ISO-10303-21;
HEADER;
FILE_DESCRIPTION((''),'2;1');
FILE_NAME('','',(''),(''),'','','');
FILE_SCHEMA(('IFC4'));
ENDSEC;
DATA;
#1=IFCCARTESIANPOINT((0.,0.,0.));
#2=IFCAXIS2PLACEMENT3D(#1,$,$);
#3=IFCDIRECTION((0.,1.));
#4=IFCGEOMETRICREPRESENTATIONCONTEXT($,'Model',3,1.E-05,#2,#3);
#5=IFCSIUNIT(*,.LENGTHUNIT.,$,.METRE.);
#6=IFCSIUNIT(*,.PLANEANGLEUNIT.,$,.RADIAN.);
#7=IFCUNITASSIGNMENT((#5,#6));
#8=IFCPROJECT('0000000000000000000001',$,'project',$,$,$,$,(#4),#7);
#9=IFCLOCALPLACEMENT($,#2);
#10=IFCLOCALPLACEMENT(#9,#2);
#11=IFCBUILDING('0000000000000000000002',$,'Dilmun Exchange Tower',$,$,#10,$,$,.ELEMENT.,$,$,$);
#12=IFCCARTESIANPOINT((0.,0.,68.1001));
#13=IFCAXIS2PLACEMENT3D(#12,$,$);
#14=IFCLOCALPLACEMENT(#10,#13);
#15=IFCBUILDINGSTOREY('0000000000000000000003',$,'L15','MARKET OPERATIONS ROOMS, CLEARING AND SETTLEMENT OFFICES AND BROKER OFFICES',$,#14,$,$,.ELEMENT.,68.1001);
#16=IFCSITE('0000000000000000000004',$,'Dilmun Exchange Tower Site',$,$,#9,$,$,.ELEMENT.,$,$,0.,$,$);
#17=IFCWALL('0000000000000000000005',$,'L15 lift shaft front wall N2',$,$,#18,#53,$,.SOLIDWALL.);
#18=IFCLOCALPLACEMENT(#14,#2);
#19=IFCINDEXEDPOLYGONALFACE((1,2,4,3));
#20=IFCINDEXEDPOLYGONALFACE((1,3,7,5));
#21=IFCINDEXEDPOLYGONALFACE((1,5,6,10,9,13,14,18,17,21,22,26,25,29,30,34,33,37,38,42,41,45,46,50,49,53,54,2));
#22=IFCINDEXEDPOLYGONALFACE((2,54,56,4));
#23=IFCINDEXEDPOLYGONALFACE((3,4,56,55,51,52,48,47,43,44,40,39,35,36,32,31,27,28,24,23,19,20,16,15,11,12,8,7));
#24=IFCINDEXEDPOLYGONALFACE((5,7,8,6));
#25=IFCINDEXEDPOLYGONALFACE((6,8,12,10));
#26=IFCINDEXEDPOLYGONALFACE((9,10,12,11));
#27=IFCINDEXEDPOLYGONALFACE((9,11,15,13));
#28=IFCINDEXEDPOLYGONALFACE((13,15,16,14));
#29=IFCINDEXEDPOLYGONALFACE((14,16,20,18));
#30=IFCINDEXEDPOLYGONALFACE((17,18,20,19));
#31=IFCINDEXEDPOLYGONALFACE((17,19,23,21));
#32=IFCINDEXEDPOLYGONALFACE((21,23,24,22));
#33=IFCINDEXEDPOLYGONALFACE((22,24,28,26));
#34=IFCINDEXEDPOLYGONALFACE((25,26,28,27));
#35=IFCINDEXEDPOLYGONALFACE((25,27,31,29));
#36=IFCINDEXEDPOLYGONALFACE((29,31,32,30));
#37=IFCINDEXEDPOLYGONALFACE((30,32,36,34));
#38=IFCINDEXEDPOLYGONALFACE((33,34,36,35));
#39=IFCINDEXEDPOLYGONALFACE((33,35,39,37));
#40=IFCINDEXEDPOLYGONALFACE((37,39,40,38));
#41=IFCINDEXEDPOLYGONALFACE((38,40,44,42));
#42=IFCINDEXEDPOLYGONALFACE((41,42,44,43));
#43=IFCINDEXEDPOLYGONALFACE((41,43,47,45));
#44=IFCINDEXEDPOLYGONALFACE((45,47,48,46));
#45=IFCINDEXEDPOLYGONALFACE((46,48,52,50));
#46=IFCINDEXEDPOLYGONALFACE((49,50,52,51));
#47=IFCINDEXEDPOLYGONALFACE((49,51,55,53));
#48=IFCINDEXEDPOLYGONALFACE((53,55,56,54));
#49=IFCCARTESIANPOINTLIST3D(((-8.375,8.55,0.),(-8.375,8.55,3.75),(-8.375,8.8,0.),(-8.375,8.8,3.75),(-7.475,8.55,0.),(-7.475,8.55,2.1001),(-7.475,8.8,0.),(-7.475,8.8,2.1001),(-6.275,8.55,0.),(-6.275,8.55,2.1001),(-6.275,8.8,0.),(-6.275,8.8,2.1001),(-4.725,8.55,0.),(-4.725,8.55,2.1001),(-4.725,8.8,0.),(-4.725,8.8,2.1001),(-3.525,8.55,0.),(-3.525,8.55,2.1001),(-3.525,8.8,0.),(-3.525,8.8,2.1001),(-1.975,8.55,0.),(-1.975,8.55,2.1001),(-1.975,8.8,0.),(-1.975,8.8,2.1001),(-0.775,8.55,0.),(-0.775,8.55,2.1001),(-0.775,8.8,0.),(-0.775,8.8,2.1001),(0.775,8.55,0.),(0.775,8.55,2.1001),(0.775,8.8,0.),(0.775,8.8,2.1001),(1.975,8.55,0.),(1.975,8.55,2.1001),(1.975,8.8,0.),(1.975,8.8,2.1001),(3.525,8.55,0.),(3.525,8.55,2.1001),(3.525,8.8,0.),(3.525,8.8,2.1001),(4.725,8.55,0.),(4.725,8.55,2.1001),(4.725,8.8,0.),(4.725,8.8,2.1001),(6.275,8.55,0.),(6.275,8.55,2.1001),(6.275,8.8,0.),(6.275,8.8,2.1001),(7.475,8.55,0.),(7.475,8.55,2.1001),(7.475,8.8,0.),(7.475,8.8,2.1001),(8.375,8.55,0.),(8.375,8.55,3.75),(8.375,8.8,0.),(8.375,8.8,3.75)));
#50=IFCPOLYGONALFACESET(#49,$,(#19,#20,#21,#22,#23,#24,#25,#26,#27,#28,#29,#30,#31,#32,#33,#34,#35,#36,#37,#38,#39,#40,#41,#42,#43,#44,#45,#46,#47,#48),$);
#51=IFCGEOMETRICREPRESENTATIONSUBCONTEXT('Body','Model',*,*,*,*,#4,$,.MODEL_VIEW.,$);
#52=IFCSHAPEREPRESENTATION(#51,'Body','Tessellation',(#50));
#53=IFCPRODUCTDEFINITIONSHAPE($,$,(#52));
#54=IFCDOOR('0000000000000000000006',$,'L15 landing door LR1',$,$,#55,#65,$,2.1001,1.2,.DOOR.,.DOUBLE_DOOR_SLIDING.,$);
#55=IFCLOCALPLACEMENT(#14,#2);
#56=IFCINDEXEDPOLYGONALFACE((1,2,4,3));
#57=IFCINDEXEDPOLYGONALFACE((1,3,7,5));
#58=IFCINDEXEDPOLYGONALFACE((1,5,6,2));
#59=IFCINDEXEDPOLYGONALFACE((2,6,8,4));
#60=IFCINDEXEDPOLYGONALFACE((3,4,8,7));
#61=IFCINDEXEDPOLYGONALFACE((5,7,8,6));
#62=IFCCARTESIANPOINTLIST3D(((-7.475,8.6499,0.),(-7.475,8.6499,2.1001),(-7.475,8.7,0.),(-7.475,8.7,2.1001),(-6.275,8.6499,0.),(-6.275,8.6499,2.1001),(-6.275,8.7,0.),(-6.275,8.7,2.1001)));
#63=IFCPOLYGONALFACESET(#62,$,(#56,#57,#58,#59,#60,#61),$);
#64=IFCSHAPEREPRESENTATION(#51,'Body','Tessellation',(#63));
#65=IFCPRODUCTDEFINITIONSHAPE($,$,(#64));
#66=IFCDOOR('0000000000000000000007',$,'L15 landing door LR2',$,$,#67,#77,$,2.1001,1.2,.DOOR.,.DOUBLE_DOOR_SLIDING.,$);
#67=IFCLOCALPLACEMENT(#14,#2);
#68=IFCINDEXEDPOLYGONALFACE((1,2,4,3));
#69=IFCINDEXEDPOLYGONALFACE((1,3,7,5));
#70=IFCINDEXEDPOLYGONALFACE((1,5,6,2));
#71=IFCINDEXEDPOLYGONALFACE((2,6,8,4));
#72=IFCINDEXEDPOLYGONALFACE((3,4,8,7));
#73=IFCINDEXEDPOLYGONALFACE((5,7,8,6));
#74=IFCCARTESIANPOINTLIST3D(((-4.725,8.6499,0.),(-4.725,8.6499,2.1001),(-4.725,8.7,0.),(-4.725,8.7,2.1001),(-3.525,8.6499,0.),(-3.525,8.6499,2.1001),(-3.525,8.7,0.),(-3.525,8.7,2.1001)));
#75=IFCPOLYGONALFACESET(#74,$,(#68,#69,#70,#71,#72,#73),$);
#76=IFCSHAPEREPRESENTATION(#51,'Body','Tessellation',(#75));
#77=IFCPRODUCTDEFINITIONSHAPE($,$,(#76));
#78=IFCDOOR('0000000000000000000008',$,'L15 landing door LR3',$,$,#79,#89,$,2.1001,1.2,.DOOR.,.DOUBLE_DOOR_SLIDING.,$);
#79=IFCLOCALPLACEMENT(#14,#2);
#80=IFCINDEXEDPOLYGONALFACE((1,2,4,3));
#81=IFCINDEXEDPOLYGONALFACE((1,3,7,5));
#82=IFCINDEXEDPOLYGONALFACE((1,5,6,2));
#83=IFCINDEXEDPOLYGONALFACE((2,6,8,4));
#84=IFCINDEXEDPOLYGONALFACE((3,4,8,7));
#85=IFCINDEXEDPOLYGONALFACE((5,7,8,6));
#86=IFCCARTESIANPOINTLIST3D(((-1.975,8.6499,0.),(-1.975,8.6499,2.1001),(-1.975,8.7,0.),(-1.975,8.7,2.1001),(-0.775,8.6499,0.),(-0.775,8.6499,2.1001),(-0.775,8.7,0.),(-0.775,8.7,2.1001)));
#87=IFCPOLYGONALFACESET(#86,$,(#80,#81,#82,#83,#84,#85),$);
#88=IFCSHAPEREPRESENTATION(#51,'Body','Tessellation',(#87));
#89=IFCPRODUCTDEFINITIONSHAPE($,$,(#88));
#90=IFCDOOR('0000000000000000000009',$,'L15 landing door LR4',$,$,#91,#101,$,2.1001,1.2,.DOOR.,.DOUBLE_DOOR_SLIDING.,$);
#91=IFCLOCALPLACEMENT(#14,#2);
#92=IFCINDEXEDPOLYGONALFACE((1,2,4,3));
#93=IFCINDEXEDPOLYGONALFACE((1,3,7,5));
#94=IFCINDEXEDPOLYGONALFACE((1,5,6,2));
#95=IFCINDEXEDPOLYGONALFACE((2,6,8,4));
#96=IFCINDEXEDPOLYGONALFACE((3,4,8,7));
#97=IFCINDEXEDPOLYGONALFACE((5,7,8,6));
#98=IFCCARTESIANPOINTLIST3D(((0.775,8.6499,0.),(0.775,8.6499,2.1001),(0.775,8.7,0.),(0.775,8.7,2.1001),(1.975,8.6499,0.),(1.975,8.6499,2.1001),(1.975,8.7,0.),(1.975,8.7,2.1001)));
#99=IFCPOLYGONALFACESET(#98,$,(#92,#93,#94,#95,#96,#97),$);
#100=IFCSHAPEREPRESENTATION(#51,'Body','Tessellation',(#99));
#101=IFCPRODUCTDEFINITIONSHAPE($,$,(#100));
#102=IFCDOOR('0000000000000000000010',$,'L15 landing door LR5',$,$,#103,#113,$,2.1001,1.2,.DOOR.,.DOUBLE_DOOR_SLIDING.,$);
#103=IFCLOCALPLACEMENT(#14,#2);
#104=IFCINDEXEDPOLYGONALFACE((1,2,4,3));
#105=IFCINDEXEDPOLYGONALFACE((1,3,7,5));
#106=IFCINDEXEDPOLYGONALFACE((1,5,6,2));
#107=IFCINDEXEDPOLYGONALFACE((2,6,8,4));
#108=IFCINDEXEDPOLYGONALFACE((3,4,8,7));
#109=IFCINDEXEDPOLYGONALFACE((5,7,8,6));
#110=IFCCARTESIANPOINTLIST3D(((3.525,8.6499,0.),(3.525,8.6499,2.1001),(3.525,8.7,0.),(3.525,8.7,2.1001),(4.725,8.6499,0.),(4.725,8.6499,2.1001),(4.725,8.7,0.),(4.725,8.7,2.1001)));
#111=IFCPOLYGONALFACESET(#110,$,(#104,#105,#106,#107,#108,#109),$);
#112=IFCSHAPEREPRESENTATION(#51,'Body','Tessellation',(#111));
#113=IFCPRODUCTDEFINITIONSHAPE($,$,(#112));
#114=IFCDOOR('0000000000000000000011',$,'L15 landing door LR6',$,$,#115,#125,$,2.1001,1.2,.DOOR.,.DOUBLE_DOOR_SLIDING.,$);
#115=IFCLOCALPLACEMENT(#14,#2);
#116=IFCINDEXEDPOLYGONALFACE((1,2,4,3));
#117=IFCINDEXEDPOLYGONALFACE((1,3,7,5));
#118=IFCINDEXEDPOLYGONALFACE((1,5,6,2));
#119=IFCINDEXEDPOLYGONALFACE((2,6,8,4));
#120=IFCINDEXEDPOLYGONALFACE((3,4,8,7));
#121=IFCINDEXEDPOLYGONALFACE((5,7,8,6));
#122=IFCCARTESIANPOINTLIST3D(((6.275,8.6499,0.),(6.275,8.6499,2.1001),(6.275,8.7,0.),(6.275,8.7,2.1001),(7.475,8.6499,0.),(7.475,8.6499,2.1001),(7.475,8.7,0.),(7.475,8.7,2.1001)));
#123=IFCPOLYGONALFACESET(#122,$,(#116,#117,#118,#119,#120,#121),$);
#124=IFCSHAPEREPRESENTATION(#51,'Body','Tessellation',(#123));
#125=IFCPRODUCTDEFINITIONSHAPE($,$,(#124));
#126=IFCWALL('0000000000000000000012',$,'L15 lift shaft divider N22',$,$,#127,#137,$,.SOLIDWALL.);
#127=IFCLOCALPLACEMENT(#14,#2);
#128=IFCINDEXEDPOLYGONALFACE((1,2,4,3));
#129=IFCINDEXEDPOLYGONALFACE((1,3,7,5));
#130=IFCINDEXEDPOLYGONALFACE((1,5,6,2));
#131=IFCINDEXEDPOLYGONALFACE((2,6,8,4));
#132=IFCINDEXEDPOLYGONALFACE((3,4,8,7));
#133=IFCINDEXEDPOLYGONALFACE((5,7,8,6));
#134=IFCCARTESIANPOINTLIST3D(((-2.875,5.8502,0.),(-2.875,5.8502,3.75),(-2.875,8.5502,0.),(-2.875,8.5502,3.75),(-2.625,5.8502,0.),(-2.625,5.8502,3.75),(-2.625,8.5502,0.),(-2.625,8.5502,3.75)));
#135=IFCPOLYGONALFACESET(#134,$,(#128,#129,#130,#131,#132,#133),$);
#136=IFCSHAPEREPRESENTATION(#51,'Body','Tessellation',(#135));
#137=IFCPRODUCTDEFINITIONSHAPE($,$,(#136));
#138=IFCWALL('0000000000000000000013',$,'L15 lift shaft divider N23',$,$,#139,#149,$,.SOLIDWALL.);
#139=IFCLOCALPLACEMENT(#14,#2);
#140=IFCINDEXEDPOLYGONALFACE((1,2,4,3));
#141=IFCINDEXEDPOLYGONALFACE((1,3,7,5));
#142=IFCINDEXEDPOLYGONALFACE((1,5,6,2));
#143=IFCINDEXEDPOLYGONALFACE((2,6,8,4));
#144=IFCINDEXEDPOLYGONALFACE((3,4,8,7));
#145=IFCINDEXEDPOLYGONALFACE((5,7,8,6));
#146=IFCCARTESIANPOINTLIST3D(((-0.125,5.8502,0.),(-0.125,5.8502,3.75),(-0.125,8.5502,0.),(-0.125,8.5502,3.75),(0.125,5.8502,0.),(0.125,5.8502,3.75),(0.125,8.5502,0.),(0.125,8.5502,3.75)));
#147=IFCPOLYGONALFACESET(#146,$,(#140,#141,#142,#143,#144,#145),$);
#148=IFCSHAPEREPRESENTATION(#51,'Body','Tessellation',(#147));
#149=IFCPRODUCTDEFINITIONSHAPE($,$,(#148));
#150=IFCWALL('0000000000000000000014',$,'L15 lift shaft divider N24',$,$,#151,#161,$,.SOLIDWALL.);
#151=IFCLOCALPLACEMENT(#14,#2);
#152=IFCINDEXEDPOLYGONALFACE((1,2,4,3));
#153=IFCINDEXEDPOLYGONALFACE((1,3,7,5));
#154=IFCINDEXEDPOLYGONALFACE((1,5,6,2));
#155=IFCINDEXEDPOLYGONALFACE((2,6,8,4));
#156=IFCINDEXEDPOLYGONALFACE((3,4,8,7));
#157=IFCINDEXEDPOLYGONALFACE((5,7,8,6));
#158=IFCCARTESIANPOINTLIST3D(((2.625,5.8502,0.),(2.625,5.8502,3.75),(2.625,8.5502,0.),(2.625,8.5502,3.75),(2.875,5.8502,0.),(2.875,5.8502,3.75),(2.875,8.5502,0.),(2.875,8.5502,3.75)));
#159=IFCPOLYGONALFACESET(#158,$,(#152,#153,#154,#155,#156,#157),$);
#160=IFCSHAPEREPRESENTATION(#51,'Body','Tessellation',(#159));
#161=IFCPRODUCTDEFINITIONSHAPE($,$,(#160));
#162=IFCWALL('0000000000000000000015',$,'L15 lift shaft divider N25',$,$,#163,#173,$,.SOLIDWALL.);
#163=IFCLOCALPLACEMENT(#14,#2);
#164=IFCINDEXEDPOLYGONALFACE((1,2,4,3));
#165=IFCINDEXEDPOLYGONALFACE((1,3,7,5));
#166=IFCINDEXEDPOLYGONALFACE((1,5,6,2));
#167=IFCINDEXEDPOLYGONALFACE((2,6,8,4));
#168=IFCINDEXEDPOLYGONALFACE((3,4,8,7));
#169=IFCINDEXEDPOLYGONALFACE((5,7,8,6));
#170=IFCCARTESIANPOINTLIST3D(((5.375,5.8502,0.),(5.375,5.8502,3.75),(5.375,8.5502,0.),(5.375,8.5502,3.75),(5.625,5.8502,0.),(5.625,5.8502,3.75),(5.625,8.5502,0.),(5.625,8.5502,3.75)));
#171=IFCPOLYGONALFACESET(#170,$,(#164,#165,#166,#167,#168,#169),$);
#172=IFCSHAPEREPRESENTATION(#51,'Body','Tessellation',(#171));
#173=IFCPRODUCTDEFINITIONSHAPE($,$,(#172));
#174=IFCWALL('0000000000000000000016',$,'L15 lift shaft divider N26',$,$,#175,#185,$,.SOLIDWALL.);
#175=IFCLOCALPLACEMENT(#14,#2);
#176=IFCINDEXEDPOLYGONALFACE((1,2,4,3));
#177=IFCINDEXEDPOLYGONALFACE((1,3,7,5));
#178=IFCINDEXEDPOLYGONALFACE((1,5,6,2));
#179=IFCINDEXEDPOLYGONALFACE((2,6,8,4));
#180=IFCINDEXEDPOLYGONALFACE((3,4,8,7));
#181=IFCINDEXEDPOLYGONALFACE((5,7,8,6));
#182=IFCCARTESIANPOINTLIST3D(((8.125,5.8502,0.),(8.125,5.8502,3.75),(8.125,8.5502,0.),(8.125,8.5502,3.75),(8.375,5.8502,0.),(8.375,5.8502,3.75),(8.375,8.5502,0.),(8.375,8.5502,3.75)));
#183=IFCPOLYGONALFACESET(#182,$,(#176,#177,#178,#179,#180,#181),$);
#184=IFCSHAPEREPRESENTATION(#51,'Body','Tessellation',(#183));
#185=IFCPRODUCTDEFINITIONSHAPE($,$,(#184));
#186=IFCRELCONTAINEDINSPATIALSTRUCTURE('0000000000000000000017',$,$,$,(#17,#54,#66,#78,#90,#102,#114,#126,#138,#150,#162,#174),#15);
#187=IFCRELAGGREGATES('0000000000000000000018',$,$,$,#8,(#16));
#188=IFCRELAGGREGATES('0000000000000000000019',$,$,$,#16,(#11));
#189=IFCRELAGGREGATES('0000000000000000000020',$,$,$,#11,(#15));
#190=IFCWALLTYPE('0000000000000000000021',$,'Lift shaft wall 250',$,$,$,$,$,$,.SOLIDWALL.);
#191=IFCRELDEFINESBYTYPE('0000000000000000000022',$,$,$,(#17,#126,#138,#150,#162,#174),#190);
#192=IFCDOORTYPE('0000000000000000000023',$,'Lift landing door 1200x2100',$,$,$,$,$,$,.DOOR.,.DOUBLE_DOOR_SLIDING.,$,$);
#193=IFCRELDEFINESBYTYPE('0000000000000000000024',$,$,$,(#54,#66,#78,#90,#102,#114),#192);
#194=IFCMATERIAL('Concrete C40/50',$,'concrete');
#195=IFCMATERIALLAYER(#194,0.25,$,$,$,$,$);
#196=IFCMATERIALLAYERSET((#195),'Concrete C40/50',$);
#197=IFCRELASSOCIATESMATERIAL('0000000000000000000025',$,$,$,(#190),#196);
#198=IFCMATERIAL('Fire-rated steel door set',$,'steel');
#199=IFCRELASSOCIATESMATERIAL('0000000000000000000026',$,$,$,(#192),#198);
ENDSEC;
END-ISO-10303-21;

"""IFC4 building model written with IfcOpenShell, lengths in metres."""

from ifc_helpers import new_model, si_unit, direction, frame, frame_2d, origin, place, context, subcontext, project, spatial, rectangle, extrude, material, layer, layer_set, type_object, element, fill, save


model = new_model("IFC4")

# Units and contexts
model_context = context("Model", 3, precision=1e-05, world=origin(), true_north=direction((0.0, 1.0)))
body_context = subcontext(model_context, "Body", "Model", "MODEL_VIEW")
ifc_project = project(units=[si_unit("LENGTHUNIT", "METRE"), si_unit("PLANEANGLEUNIT", "RADIAN")], contexts=[model_context])

# Site, building, storey
site_placement = place(None, origin())
site = spatial("IfcSite", under=ifc_project, at=site_placement, Name="Dilmun Exchange Tower Site", CompositionType="ELEMENT", RefElevation=0.0)
building_placement = place(site_placement, origin())
building = spatial("IfcBuilding", under=site, at=building_placement, Name="Dilmun Exchange Tower", CompositionType="ELEMENT")
storey_placement = place(building_placement, frame((0.0, 0.0, 68.1001)))
storey = spatial("IfcBuildingStorey", under=building, at=storey_placement, Name="L15", Description="MARKET OPERATIONS ROOMS, CLEARING AND SETTLEMENT OFFICES AND BROKER OFFICES", CompositionType="ELEMENT", Elevation=68.1001)

# Shared definitions
ifc_material_1 = material(Name="Concrete C40/50", Category="concrete")

# Shared definitions
ifc_material_2 = material(Name="Fire-rated steel door set", Category="steel")

# Wall, openings, doors
ifc_layer_1 = layer(ifc_material_1, 0.25)
ifc_layer_set_1 = layer_set([ifc_layer_1], Name="Concrete C40/50")
wall_type_1 = type_object("IfcWallType", Name="Lift shaft wall 250", PredefinedType="SOLIDWALL", material=ifc_layer_set_1)
wall_1_placement = place(storey_placement, frame((-8.375, 8.675, 0.0), z_axis=(0.0, 0.0, 1.0), x_axis=(1.0, 0.0, 0.0)))
wall_1 = element("IfcWall", 1, at=wall_1_placement, inside=storey, type_object=wall_type_1, Name="L15 lift shaft front wall N2", PredefinedType="SOLIDWALL", context=body_context, shape_type="SweptSolid", body=[
    extrude(rectangle(XDim=16.75, YDim=0.25, at=frame_2d((8.375, 0.0))), origin(), (0.0, 0.0, 1.0), 3.75),
])
opening_1_placement = place(wall_1_placement, frame((0.8999, 0.0, 0.0)))
opening_1 = element("IfcOpeningElement", 2, at=opening_1_placement, cuts=wall_1, PredefinedType="OPENING", context=body_context, shape_type="SweptSolid", body=[
    extrude(rectangle(XDim=1.2, YDim=2.1001, at=frame_2d((0.6001, 1.05))), frame((0.0, 0.135, 0.0), z_axis=(0.0, -1.0, 0.0), x_axis=(1.0, 0.0, 0.0)), (0.0, 0.0, 1.0), 0.27),
])
opening_2_placement = place(wall_1_placement, frame((3.6499, 0.0, 0.0)))
opening_2 = element("IfcOpeningElement", 3, at=opening_2_placement, cuts=wall_1, PredefinedType="OPENING", context=body_context, shape_type="SweptSolid", body=[
    extrude(rectangle(XDim=1.2, YDim=2.1001, at=frame_2d((0.6001, 1.05))), frame((0.0, 0.135, 0.0), z_axis=(0.0, -1.0, 0.0), x_axis=(1.0, 0.0, 0.0)), (0.0, 0.0, 1.0), 0.27),
])
opening_3_placement = place(wall_1_placement, frame((6.3999, 0.0, 0.0)))
opening_3 = element("IfcOpeningElement", 4, at=opening_3_placement, cuts=wall_1, PredefinedType="OPENING", context=body_context, shape_type="SweptSolid", body=[
    extrude(rectangle(XDim=1.2, YDim=2.1001, at=frame_2d((0.6001, 1.05))), frame((0.0, 0.135, 0.0), z_axis=(0.0, -1.0, 0.0), x_axis=(1.0, 0.0, 0.0)), (0.0, 0.0, 1.0), 0.27),
])
opening_4_placement = place(wall_1_placement, frame((9.1499, 0.0, 0.0)))
opening_4 = element("IfcOpeningElement", 5, at=opening_4_placement, cuts=wall_1, PredefinedType="OPENING", context=body_context, shape_type="SweptSolid", body=[
    extrude(rectangle(XDim=1.2, YDim=2.1001, at=frame_2d((0.6001, 1.05))), frame((0.0, 0.135, 0.0), z_axis=(0.0, -1.0, 0.0), x_axis=(1.0, 0.0, 0.0)), (0.0, 0.0, 1.0), 0.27),
])
opening_5_placement = place(wall_1_placement, frame((11.8999, 0.0, 0.0)))
opening_5 = element("IfcOpeningElement", 6, at=opening_5_placement, cuts=wall_1, PredefinedType="OPENING", context=body_context, shape_type="SweptSolid", body=[
    extrude(rectangle(XDim=1.2, YDim=2.1001, at=frame_2d((0.6001, 1.05))), frame((0.0, 0.135, 0.0), z_axis=(0.0, -1.0, 0.0), x_axis=(1.0, 0.0, 0.0)), (0.0, 0.0, 1.0), 0.27),
])
opening_6_placement = place(wall_1_placement, frame((14.6499, 0.0, 0.0)))
opening_6 = element("IfcOpeningElement", 7, at=opening_6_placement, cuts=wall_1, PredefinedType="OPENING", context=body_context, shape_type="SweptSolid", body=[
    extrude(rectangle(XDim=1.2, YDim=2.1001, at=frame_2d((0.6001, 1.05))), frame((0.0, 0.135, 0.0), z_axis=(0.0, -1.0, 0.0), x_axis=(1.0, 0.0, 0.0)), (0.0, 0.0, 1.0), 0.27),
])
door_type_1 = type_object("IfcDoorType", Name="Lift landing door 1200x2100", OperationType="DOUBLE_DOOR_SLIDING", PredefinedType="DOOR", material=ifc_material_2)
door_1_placement = place(opening_1_placement, origin())
door_1 = element("IfcDoor", 8, at=door_1_placement, inside=storey, type_object=door_type_1, Name="L15 landing door LR1", OperationType="DOUBLE_DOOR_SLIDING", OverallHeight=2.1001, OverallWidth=1.2, PredefinedType="DOOR", context=body_context, shape_type="SweptSolid", body=[
    extrude(rectangle(XDim=1.2, YDim=2.1001, at=frame_2d((0.6001, 1.05))), frame((0.0, 0.0249, 0.0), z_axis=(0.0, -1.0, 0.0), x_axis=(1.0, 0.0, 0.0)), (0.0, 0.0, 1.0), 0.05),
])
fill(opening_1, door_1)
door_2_placement = place(opening_2_placement, origin())
door_2 = element("IfcDoor", 9, at=door_2_placement, inside=storey, type_object=door_type_1, Name="L15 landing door LR2", OperationType="DOUBLE_DOOR_SLIDING", OverallHeight=2.1001, OverallWidth=1.2, PredefinedType="DOOR", context=body_context, shape_type="SweptSolid", body=[
    extrude(rectangle(XDim=1.2, YDim=2.1001, at=frame_2d((0.6001, 1.05))), frame((0.0, 0.0249, 0.0), z_axis=(0.0, -1.0, 0.0), x_axis=(1.0, 0.0, 0.0)), (0.0, 0.0, 1.0), 0.05),
])
fill(opening_2, door_2)
door_3_placement = place(opening_3_placement, origin())
door_3 = element("IfcDoor", 10, at=door_3_placement, inside=storey, type_object=door_type_1, Name="L15 landing door LR3", OperationType="DOUBLE_DOOR_SLIDING", OverallHeight=2.1001, OverallWidth=1.2, PredefinedType="DOOR", context=body_context, shape_type="SweptSolid", body=[
    extrude(rectangle(XDim=1.2, YDim=2.1001, at=frame_2d((0.6001, 1.05))), frame((0.0, 0.0249, 0.0), z_axis=(0.0, -1.0, 0.0), x_axis=(1.0, 0.0, 0.0)), (0.0, 0.0, 1.0), 0.05),
])
fill(opening_3, door_3)
door_4_placement = place(opening_4_placement, origin())
door_4 = element("IfcDoor", 11, at=door_4_placement, inside=storey, type_object=door_type_1, Name="L15 landing door LR4", OperationType="DOUBLE_DOOR_SLIDING", OverallHeight=2.1001, OverallWidth=1.2, PredefinedType="DOOR", context=body_context, shape_type="SweptSolid", body=[
    extrude(rectangle(XDim=1.2, YDim=2.1001, at=frame_2d((0.6001, 1.05))), frame((0.0, 0.0249, 0.0), z_axis=(0.0, -1.0, 0.0), x_axis=(1.0, 0.0, 0.0)), (0.0, 0.0, 1.0), 0.05),
])
fill(opening_4, door_4)
door_5_placement = place(opening_5_placement, origin())
door_5 = element("IfcDoor", 12, at=door_5_placement, inside=storey, type_object=door_type_1, Name="L15 landing door LR5", OperationType="DOUBLE_DOOR_SLIDING", OverallHeight=2.1001, OverallWidth=1.2, PredefinedType="DOOR", context=body_context, shape_type="SweptSolid", body=[
    extrude(rectangle(XDim=1.2, YDim=2.1001, at=frame_2d((0.6001, 1.05))), frame((0.0, 0.0249, 0.0), z_axis=(0.0, -1.0, 0.0), x_axis=(1.0, 0.0, 0.0)), (0.0, 0.0, 1.0), 0.05),
])
fill(opening_5, door_5)
door_6_placement = place(opening_6_placement, origin())
door_6 = element("IfcDoor", 13, at=door_6_placement, inside=storey, type_object=door_type_1, Name="L15 landing door LR6", OperationType="DOUBLE_DOOR_SLIDING", OverallHeight=2.1001, OverallWidth=1.2, PredefinedType="DOOR", context=body_context, shape_type="SweptSolid", body=[
    extrude(rectangle(XDim=1.2, YDim=2.1001, at=frame_2d((0.6001, 1.05))), frame((0.0, 0.0249, 0.0), z_axis=(0.0, -1.0, 0.0), x_axis=(1.0, 0.0, 0.0)), (0.0, 0.0, 1.0), 0.05),
])
fill(opening_6, door_6)

# Walls
for number, where, z_axis, x_axis, name in (
    (14, (-2.75, 5.8501, 0.0), (0.0, 0.0, 1.0), (0.0, 1.0, 0.0), "L15 lift shaft divider N22"),
    (15, (0.0, 5.8501, 0.0), (0.0, 0.0, 1.0), (0.0, 1.0, 0.0), "L15 lift shaft divider N23"),
    (16, (2.75, 5.8501, 0.0), (0.0, 0.0, 1.0), (0.0, 1.0, 0.0), "L15 lift shaft divider N24"),
    (17, (5.5, 5.8501, 0.0), (0.0, 0.0, 1.0), (0.0, 1.0, 0.0), "L15 lift shaft divider N25"),
    (18, (8.25, 5.8501, 0.0), (0.0, 0.0, 1.0), (0.0, 1.0, 0.0), "L15 lift shaft divider N26"),
):
    element("IfcWall", number, at=place(storey_placement, frame(where, z_axis=z_axis, x_axis=x_axis)), inside=storey, type_object=wall_type_1, Name=name, PredefinedType="SOLIDWALL", context=body_context, shape_type="SweptSolid", body=[
        extrude(rectangle(XDim=2.7, YDim=0.25, at=frame_2d((1.3501, 0.0))), origin(), (0.0, 0.0, 1.0), 3.75),
    ])

save(model, "model.ifc")
